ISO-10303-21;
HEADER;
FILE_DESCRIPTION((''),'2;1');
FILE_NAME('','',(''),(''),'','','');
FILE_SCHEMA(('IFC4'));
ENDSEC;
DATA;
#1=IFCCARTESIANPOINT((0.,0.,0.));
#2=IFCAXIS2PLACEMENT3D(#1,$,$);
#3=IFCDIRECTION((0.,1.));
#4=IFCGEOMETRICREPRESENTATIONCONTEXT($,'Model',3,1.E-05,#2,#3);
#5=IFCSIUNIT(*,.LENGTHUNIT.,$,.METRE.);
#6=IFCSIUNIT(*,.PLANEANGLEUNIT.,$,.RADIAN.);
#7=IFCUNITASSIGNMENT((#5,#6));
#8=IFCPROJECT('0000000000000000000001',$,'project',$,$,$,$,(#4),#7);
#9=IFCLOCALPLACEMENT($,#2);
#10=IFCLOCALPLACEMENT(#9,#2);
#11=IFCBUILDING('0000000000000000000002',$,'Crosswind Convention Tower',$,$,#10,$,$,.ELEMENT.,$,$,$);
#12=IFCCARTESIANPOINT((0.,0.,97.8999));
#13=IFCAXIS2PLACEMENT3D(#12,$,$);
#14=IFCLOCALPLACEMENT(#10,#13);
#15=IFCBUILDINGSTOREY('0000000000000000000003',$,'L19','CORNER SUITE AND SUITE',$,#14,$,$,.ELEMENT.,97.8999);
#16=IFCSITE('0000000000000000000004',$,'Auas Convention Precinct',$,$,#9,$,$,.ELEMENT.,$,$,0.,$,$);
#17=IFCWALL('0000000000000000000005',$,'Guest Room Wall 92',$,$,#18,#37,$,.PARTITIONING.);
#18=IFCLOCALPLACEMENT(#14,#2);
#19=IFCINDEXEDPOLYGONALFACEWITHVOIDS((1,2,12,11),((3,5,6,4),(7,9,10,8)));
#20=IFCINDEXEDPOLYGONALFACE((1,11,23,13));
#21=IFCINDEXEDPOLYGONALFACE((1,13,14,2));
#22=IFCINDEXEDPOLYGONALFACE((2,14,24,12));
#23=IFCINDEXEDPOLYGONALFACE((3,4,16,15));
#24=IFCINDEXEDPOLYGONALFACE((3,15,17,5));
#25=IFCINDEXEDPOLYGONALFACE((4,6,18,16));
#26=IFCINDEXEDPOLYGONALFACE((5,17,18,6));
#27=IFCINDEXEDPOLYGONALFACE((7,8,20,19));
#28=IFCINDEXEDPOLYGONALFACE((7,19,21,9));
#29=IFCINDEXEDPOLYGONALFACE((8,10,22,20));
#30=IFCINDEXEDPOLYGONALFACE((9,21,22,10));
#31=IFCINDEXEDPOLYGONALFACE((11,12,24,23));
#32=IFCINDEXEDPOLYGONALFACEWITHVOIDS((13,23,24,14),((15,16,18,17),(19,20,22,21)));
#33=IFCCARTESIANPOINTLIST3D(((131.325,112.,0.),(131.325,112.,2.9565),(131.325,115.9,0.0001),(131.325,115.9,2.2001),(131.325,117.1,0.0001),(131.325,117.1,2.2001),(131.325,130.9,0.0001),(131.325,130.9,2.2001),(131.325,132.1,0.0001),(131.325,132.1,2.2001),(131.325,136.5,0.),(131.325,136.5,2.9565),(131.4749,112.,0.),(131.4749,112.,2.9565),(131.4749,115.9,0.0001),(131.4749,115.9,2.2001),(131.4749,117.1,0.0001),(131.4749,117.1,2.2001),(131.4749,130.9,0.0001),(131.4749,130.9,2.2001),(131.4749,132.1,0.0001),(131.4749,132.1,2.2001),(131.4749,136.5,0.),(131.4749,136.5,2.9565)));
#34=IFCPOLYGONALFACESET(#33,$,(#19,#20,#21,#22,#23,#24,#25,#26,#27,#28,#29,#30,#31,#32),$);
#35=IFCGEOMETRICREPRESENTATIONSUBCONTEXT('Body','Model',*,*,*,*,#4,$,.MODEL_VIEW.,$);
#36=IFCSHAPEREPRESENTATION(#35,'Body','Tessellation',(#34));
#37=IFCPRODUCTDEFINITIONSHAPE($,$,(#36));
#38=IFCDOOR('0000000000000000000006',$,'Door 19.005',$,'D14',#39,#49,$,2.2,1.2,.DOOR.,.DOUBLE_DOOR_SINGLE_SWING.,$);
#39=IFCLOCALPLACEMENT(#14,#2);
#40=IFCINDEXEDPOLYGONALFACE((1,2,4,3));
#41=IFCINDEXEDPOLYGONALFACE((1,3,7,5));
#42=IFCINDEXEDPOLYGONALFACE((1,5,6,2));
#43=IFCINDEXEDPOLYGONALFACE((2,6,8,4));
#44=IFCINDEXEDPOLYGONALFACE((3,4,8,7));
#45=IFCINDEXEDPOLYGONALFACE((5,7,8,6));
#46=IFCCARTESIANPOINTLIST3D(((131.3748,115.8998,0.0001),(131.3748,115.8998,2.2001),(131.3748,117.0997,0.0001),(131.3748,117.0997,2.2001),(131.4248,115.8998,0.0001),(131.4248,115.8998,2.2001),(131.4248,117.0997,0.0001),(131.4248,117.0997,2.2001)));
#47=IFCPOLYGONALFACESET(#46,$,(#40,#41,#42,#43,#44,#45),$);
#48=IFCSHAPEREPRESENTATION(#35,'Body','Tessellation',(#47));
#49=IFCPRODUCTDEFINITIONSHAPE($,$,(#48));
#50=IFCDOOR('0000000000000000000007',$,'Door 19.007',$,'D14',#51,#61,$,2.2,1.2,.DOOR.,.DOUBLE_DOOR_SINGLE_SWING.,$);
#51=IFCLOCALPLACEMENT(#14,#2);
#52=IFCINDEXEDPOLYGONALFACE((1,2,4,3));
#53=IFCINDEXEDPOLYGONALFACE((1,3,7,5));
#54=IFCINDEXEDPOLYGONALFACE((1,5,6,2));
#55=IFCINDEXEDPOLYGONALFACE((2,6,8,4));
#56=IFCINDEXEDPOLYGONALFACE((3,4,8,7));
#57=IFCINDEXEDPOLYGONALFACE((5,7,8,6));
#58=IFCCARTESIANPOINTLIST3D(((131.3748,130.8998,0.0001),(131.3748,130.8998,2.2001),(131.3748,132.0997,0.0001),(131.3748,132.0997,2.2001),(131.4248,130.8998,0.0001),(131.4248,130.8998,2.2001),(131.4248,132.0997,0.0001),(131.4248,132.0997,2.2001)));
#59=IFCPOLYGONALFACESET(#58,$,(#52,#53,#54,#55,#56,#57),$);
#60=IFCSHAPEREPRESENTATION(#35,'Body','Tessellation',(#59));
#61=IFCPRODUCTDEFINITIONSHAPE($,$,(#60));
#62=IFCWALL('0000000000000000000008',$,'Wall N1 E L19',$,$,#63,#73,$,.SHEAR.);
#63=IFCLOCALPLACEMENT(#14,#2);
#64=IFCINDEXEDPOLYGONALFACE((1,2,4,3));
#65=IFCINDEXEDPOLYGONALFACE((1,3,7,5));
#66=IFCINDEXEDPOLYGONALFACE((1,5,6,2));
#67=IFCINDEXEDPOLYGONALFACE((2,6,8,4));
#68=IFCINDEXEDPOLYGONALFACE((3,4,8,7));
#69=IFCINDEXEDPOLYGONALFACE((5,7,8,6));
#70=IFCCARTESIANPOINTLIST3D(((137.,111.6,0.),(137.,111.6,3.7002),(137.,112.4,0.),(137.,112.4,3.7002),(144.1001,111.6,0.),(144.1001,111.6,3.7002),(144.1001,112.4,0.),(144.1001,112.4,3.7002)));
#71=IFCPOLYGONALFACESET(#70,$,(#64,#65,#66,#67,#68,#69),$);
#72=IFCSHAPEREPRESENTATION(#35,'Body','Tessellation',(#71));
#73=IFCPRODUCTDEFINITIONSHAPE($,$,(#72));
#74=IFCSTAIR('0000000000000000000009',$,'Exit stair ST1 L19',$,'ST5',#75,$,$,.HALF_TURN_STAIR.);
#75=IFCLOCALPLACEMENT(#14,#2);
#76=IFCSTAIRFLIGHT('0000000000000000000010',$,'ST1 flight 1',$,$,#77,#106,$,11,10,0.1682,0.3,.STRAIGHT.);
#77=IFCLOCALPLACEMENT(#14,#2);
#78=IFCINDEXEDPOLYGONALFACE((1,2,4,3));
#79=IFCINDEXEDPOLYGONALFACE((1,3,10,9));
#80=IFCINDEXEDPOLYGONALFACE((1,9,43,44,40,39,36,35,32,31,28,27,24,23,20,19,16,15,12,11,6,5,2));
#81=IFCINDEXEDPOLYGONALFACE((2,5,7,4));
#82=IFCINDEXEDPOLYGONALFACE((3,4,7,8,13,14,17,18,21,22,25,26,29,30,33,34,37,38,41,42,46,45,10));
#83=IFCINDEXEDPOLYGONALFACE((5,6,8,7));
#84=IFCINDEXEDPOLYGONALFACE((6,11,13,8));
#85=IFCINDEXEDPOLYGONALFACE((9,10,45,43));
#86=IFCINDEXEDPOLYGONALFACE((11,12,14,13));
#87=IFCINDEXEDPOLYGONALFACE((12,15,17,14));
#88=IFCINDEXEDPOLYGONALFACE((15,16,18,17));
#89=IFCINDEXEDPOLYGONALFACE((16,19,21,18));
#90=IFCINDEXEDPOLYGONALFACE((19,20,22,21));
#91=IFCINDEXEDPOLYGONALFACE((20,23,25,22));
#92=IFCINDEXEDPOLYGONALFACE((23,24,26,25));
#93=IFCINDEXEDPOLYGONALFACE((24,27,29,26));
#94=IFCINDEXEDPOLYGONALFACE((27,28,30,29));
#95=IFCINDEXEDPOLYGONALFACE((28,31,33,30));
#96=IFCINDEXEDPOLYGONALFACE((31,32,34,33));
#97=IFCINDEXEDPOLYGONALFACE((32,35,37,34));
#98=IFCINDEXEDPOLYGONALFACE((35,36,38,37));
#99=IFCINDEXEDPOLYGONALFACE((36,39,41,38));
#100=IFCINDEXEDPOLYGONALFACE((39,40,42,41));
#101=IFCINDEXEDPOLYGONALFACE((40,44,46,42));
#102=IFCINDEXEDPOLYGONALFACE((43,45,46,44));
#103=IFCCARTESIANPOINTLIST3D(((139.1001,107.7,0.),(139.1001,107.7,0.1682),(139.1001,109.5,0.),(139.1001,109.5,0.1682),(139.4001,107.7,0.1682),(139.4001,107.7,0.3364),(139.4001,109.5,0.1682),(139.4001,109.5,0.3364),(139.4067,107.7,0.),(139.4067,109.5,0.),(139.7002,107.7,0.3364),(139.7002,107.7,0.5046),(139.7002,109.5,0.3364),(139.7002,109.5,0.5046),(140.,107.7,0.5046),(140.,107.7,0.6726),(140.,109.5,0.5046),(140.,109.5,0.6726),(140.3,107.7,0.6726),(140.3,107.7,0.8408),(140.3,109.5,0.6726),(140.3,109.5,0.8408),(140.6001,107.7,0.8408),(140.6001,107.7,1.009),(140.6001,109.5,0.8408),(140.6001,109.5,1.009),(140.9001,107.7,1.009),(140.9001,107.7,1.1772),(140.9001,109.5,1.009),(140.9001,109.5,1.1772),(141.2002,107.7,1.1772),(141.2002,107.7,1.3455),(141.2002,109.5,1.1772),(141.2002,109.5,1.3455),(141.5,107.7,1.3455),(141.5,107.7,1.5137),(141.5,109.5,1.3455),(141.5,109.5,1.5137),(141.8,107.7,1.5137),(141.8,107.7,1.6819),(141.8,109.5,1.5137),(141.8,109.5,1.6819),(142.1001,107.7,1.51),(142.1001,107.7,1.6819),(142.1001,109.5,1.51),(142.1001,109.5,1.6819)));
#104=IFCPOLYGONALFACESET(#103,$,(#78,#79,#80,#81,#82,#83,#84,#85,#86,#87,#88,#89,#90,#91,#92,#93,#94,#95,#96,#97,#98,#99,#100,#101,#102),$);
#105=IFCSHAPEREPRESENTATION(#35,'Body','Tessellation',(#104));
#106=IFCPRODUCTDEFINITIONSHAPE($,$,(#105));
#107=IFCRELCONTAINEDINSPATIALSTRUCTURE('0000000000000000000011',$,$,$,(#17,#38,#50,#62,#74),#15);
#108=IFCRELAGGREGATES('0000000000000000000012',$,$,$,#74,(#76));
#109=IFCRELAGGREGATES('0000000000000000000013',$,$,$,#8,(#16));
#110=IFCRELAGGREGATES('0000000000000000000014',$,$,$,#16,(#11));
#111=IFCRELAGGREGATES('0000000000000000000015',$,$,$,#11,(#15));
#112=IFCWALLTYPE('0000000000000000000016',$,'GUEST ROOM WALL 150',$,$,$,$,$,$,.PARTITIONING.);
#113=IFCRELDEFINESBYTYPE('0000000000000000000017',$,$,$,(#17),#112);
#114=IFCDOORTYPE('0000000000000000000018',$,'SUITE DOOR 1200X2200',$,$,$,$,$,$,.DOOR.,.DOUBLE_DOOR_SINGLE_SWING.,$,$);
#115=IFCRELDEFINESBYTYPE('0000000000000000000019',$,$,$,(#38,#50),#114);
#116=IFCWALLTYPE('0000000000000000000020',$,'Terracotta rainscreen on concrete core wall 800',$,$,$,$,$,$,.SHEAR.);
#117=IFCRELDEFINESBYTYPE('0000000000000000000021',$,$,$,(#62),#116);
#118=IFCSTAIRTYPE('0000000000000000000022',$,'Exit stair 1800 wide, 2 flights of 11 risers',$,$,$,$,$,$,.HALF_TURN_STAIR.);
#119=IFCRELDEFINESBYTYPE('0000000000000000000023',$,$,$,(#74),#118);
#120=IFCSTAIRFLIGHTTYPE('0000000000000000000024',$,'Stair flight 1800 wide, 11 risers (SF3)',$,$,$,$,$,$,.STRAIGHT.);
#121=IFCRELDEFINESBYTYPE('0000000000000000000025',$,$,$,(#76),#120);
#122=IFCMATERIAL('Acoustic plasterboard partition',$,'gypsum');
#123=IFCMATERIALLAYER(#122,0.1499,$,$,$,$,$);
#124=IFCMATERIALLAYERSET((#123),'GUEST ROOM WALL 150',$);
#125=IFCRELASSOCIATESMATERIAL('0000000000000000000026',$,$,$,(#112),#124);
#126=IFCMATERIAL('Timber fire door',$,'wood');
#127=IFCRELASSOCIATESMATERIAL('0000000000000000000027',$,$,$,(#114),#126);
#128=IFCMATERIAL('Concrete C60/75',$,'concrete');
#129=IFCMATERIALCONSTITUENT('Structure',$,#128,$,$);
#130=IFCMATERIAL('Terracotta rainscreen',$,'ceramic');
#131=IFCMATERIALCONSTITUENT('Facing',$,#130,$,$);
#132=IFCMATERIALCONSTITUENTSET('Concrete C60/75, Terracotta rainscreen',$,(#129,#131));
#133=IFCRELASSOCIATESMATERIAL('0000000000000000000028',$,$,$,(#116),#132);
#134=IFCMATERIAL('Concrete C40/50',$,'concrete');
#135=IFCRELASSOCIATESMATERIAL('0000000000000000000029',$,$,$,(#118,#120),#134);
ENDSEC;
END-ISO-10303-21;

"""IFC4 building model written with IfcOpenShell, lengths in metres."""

from ifc_helpers import new_model, si_unit, direction, frame, frame_2d, origin, place, context, subcontext, project, spatial, polyline, rectangle, outline, extrude, material, layer, layer_set, constituent, constituent_set, type_object, element, fill, aggregate, save


model = new_model("IFC4")

# Units and contexts
model_context = context("Model", 3, precision=1e-05, world=origin(), true_north=direction((0.0, 1.0)))
body_context = subcontext(model_context, "Body", "Model", "MODEL_VIEW")
ifc_project = project(units=[si_unit("LENGTHUNIT", "METRE"), si_unit("PLANEANGLEUNIT", "RADIAN")], contexts=[model_context])

# Site, building, storey
site_placement = place(None, origin())
site = spatial("IfcSite", under=ifc_project, at=site_placement, Name="Auas Convention Precinct", CompositionType="ELEMENT", RefElevation=0.0)
building_placement = place(site_placement, origin())
building = spatial("IfcBuilding", under=site, at=building_placement, Name="Crosswind Convention Tower", CompositionType="ELEMENT")
storey_placement = place(building_placement, frame((0.0, 0.0, 97.8999)))
storey = spatial("IfcBuildingStorey", under=building, at=storey_placement, Name="L19", Description="CORNER SUITE AND SUITE", CompositionType="ELEMENT", Elevation=97.8999)

# Shared definitions
ifc_material_1 = material(Name="Timber fire door", Category="wood")

# Shared definitions
ifc_material_2 = material(Name="Acoustic plasterboard partition", Category="gypsum")
ifc_layer_1 = layer(ifc_material_2, 0.1499)
ifc_layer_set_1 = layer_set([ifc_layer_1], Name="GUEST ROOM WALL 150")
wall_type_1 = type_object("IfcWallType", Name="GUEST ROOM WALL 150", PredefinedType="PARTITIONING", material=ifc_layer_set_1)

# Wall, openings, doors
wall_1_placement = place(storey_placement, frame((131.3999, 112.0, 0.0), z_axis=(0.0, 0.0, 1.0), x_axis=(0.0, 1.0, 0.0)))
wall_1 = element("IfcWall", 1, at=wall_1_placement, inside=storey, type_object=wall_type_1, Name="Guest Room Wall 92", PredefinedType="PARTITIONING", context=body_context, shape_type="SweptSolid", body=[
    extrude(rectangle(XDim=24.5, YDim=0.1499, at=frame_2d((12.25, 0.0))), origin(), (0.0, 0.0, 1.0), 2.9565),
])
opening_1_placement = place(wall_1_placement, frame((3.8999, 0.0, 0.0)))
opening_1 = element("IfcOpeningElement", 2, at=opening_1_placement, cuts=wall_1, PredefinedType="OPENING", context=body_context, shape_type="SweptSolid", body=[
    extrude(rectangle(XDim=1.2, YDim=2.2, at=frame_2d((0.6001, 1.1001))), frame((0.0, 0.085, 0.0), z_axis=(0.0, -1.0, 0.0), x_axis=(1.0, 0.0, 0.0)), (0.0, 0.0, 1.0), 0.1699),
])
opening_2_placement = place(wall_1_placement, frame((18.8999, 0.0, 0.0)))
opening_2 = element("IfcOpeningElement", 3, at=opening_2_placement, cuts=wall_1, PredefinedType="OPENING", context=body_context, shape_type="SweptSolid", body=[
    extrude(rectangle(XDim=1.2, YDim=2.2, at=frame_2d((0.6001, 1.1001))), frame((0.0, 0.085, 0.0), z_axis=(0.0, -1.0, 0.0), x_axis=(1.0, 0.0, 0.0)), (0.0, 0.0, 1.0), 0.1699),
])
door_type_1 = type_object("IfcDoorType", Name="SUITE DOOR 1200X2200", OperationType="DOUBLE_DOOR_SINGLE_SWING", PredefinedType="DOOR", material=ifc_material_1)
door_1_placement = place(opening_1_placement, frame((1.2, 0.0, 0.0), z_axis=(0.0, 0.0, 1.0), x_axis=(-1.0, 0.0, 0.0)))
door_1 = element("IfcDoor", 4, at=door_1_placement, inside=storey, type_object=door_type_1, Name="Door 19.005", ObjectType="D14", OperationType="DOUBLE_DOOR_SINGLE_SWING", OverallHeight=2.2, OverallWidth=1.2, PredefinedType="DOOR", context=body_context, shape_type="SweptSolid", body=[
    extrude(rectangle(XDim=1.2, YDim=2.2, at=frame_2d((0.6001, 1.1001))), frame((0.0, 0.0249, 0.0), z_axis=(0.0, -1.0, 0.0), x_axis=(1.0, 0.0, 0.0)), (0.0, 0.0, 1.0), 0.05),
])
fill(opening_1, door_1)
door_2_placement = place(opening_2_placement, frame((1.2, 0.0, 0.0), z_axis=(0.0, 0.0, 1.0), x_axis=(-1.0, 0.0, 0.0)))
door_2 = element("IfcDoor", 5, at=door_2_placement, inside=storey, type_object=door_type_1, Name="Door 19.007", ObjectType="D14", OperationType="DOUBLE_DOOR_SINGLE_SWING", OverallHeight=2.2, OverallWidth=1.2, PredefinedType="DOOR", context=body_context, shape_type="SweptSolid", body=[
    extrude(rectangle(XDim=1.2, YDim=2.2, at=frame_2d((0.6001, 1.1001))), frame((0.0, 0.0249, 0.0), z_axis=(0.0, -1.0, 0.0), x_axis=(1.0, 0.0, 0.0)), (0.0, 0.0, 1.0), 0.05),
])
fill(opening_2, door_2)

# Shared definitions
ifc_material_3 = material(Name="Terracotta rainscreen", Category="ceramic")

# Wall
ifc_material_4 = material(Name="Concrete C60/75", Category="concrete")
ifc_constituent_1 = constituent(ifc_material_4, Name="Structure")
ifc_constituent_2 = constituent(ifc_material_3, Name="Facing")
ifc_constituent_set = constituent_set(constituents=[ifc_constituent_1, ifc_constituent_2], Name="Concrete C60/75, Terracotta rainscreen")
wall_type_2 = type_object("IfcWallType", Name="Terracotta rainscreen on concrete core wall 800", PredefinedType="SHEAR", material=ifc_constituent_set)
wall_2_placement = place(storey_placement, frame((137.0, 112.0, 0.0), z_axis=(0.0, 0.0, 1.0), x_axis=(1.0, 0.0, 0.0)))
element("IfcWall", 6, at=wall_2_placement, inside=storey, type_object=wall_type_2, Name="Wall N1 E L19", PredefinedType="SHEAR", context=body_context, shape_type="SweptSolid", body=[
    extrude(rectangle(XDim=7.1001, YDim=0.8, at=frame_2d((3.55, 0.0))), origin(), (0.0, 0.0, 1.0), 3.7002),
])

# Stair, stair flight
ifc_material_5 = material(Name="Concrete C40/50", Category="concrete")
stair_type = type_object("IfcStairType", Name="Exit stair 1800 wide, 2 flights of 11 risers", PredefinedType="HALF_TURN_STAIR", material=ifc_material_5)
stair_placement = place(storey_placement, origin())
stair = element("IfcStair", 7, at=stair_placement, inside=storey, type_object=stair_type, Name="Exit stair ST1 L19", ObjectType="ST5", PredefinedType="HALF_TURN_STAIR")
stair_flight_type = type_object("IfcStairFlightType", Name="Stair flight 1800 wide, 11 risers (SF3)", PredefinedType="STRAIGHT", material=ifc_material_5)
stair_flight_placement = place(storey_placement, frame((139.1001, 108.6001, 0.0), z_axis=(0.0, 0.0, 1.0), x_axis=(1.0, 0.0, 0.0)))
stair_flight = element("IfcStairFlight", 8, at=stair_flight_placement, type_object=stair_flight_type, Name="ST1 flight 1", NumberOfRisers=11, NumberOfTreads=10, PredefinedType="STRAIGHT", RiserHeight=0.1682, TreadLength=0.3, context=body_context, shape_type="SweptSolid", body=[
    extrude(outline(polyline([(0.0, 0.0), (0.0, 0.1682), (0.3, 0.1682), (0.3, 0.3364), (0.6001, 0.3364), (0.6001, 0.5046), (0.8999, 0.5046), (0.8999, 0.6726), (1.2, 0.6726), (1.2, 0.8408), (1.5, 0.8408), (1.5, 1.009), (1.8, 1.009), (1.8, 1.1772), (2.1001, 1.1772), (2.1001, 1.3455), (2.3999, 1.3455), (2.3999, 1.5137), (2.7, 1.5137), (2.7, 1.6819), (3.0, 1.6819), (3.0, 1.8501), (3.0, 1.51), (0.3066, 0.0), (0.0, 0.0)])), frame((0.0, 0.8999, 0.0), z_axis=(0.0, -1.0, 0.0), x_axis=(1.0, 0.0, 0.0)), (0.0, 0.0, 1.0), 1.8),
])
aggregate(stair, [stair_flight])

save(model, "model.ifc")
